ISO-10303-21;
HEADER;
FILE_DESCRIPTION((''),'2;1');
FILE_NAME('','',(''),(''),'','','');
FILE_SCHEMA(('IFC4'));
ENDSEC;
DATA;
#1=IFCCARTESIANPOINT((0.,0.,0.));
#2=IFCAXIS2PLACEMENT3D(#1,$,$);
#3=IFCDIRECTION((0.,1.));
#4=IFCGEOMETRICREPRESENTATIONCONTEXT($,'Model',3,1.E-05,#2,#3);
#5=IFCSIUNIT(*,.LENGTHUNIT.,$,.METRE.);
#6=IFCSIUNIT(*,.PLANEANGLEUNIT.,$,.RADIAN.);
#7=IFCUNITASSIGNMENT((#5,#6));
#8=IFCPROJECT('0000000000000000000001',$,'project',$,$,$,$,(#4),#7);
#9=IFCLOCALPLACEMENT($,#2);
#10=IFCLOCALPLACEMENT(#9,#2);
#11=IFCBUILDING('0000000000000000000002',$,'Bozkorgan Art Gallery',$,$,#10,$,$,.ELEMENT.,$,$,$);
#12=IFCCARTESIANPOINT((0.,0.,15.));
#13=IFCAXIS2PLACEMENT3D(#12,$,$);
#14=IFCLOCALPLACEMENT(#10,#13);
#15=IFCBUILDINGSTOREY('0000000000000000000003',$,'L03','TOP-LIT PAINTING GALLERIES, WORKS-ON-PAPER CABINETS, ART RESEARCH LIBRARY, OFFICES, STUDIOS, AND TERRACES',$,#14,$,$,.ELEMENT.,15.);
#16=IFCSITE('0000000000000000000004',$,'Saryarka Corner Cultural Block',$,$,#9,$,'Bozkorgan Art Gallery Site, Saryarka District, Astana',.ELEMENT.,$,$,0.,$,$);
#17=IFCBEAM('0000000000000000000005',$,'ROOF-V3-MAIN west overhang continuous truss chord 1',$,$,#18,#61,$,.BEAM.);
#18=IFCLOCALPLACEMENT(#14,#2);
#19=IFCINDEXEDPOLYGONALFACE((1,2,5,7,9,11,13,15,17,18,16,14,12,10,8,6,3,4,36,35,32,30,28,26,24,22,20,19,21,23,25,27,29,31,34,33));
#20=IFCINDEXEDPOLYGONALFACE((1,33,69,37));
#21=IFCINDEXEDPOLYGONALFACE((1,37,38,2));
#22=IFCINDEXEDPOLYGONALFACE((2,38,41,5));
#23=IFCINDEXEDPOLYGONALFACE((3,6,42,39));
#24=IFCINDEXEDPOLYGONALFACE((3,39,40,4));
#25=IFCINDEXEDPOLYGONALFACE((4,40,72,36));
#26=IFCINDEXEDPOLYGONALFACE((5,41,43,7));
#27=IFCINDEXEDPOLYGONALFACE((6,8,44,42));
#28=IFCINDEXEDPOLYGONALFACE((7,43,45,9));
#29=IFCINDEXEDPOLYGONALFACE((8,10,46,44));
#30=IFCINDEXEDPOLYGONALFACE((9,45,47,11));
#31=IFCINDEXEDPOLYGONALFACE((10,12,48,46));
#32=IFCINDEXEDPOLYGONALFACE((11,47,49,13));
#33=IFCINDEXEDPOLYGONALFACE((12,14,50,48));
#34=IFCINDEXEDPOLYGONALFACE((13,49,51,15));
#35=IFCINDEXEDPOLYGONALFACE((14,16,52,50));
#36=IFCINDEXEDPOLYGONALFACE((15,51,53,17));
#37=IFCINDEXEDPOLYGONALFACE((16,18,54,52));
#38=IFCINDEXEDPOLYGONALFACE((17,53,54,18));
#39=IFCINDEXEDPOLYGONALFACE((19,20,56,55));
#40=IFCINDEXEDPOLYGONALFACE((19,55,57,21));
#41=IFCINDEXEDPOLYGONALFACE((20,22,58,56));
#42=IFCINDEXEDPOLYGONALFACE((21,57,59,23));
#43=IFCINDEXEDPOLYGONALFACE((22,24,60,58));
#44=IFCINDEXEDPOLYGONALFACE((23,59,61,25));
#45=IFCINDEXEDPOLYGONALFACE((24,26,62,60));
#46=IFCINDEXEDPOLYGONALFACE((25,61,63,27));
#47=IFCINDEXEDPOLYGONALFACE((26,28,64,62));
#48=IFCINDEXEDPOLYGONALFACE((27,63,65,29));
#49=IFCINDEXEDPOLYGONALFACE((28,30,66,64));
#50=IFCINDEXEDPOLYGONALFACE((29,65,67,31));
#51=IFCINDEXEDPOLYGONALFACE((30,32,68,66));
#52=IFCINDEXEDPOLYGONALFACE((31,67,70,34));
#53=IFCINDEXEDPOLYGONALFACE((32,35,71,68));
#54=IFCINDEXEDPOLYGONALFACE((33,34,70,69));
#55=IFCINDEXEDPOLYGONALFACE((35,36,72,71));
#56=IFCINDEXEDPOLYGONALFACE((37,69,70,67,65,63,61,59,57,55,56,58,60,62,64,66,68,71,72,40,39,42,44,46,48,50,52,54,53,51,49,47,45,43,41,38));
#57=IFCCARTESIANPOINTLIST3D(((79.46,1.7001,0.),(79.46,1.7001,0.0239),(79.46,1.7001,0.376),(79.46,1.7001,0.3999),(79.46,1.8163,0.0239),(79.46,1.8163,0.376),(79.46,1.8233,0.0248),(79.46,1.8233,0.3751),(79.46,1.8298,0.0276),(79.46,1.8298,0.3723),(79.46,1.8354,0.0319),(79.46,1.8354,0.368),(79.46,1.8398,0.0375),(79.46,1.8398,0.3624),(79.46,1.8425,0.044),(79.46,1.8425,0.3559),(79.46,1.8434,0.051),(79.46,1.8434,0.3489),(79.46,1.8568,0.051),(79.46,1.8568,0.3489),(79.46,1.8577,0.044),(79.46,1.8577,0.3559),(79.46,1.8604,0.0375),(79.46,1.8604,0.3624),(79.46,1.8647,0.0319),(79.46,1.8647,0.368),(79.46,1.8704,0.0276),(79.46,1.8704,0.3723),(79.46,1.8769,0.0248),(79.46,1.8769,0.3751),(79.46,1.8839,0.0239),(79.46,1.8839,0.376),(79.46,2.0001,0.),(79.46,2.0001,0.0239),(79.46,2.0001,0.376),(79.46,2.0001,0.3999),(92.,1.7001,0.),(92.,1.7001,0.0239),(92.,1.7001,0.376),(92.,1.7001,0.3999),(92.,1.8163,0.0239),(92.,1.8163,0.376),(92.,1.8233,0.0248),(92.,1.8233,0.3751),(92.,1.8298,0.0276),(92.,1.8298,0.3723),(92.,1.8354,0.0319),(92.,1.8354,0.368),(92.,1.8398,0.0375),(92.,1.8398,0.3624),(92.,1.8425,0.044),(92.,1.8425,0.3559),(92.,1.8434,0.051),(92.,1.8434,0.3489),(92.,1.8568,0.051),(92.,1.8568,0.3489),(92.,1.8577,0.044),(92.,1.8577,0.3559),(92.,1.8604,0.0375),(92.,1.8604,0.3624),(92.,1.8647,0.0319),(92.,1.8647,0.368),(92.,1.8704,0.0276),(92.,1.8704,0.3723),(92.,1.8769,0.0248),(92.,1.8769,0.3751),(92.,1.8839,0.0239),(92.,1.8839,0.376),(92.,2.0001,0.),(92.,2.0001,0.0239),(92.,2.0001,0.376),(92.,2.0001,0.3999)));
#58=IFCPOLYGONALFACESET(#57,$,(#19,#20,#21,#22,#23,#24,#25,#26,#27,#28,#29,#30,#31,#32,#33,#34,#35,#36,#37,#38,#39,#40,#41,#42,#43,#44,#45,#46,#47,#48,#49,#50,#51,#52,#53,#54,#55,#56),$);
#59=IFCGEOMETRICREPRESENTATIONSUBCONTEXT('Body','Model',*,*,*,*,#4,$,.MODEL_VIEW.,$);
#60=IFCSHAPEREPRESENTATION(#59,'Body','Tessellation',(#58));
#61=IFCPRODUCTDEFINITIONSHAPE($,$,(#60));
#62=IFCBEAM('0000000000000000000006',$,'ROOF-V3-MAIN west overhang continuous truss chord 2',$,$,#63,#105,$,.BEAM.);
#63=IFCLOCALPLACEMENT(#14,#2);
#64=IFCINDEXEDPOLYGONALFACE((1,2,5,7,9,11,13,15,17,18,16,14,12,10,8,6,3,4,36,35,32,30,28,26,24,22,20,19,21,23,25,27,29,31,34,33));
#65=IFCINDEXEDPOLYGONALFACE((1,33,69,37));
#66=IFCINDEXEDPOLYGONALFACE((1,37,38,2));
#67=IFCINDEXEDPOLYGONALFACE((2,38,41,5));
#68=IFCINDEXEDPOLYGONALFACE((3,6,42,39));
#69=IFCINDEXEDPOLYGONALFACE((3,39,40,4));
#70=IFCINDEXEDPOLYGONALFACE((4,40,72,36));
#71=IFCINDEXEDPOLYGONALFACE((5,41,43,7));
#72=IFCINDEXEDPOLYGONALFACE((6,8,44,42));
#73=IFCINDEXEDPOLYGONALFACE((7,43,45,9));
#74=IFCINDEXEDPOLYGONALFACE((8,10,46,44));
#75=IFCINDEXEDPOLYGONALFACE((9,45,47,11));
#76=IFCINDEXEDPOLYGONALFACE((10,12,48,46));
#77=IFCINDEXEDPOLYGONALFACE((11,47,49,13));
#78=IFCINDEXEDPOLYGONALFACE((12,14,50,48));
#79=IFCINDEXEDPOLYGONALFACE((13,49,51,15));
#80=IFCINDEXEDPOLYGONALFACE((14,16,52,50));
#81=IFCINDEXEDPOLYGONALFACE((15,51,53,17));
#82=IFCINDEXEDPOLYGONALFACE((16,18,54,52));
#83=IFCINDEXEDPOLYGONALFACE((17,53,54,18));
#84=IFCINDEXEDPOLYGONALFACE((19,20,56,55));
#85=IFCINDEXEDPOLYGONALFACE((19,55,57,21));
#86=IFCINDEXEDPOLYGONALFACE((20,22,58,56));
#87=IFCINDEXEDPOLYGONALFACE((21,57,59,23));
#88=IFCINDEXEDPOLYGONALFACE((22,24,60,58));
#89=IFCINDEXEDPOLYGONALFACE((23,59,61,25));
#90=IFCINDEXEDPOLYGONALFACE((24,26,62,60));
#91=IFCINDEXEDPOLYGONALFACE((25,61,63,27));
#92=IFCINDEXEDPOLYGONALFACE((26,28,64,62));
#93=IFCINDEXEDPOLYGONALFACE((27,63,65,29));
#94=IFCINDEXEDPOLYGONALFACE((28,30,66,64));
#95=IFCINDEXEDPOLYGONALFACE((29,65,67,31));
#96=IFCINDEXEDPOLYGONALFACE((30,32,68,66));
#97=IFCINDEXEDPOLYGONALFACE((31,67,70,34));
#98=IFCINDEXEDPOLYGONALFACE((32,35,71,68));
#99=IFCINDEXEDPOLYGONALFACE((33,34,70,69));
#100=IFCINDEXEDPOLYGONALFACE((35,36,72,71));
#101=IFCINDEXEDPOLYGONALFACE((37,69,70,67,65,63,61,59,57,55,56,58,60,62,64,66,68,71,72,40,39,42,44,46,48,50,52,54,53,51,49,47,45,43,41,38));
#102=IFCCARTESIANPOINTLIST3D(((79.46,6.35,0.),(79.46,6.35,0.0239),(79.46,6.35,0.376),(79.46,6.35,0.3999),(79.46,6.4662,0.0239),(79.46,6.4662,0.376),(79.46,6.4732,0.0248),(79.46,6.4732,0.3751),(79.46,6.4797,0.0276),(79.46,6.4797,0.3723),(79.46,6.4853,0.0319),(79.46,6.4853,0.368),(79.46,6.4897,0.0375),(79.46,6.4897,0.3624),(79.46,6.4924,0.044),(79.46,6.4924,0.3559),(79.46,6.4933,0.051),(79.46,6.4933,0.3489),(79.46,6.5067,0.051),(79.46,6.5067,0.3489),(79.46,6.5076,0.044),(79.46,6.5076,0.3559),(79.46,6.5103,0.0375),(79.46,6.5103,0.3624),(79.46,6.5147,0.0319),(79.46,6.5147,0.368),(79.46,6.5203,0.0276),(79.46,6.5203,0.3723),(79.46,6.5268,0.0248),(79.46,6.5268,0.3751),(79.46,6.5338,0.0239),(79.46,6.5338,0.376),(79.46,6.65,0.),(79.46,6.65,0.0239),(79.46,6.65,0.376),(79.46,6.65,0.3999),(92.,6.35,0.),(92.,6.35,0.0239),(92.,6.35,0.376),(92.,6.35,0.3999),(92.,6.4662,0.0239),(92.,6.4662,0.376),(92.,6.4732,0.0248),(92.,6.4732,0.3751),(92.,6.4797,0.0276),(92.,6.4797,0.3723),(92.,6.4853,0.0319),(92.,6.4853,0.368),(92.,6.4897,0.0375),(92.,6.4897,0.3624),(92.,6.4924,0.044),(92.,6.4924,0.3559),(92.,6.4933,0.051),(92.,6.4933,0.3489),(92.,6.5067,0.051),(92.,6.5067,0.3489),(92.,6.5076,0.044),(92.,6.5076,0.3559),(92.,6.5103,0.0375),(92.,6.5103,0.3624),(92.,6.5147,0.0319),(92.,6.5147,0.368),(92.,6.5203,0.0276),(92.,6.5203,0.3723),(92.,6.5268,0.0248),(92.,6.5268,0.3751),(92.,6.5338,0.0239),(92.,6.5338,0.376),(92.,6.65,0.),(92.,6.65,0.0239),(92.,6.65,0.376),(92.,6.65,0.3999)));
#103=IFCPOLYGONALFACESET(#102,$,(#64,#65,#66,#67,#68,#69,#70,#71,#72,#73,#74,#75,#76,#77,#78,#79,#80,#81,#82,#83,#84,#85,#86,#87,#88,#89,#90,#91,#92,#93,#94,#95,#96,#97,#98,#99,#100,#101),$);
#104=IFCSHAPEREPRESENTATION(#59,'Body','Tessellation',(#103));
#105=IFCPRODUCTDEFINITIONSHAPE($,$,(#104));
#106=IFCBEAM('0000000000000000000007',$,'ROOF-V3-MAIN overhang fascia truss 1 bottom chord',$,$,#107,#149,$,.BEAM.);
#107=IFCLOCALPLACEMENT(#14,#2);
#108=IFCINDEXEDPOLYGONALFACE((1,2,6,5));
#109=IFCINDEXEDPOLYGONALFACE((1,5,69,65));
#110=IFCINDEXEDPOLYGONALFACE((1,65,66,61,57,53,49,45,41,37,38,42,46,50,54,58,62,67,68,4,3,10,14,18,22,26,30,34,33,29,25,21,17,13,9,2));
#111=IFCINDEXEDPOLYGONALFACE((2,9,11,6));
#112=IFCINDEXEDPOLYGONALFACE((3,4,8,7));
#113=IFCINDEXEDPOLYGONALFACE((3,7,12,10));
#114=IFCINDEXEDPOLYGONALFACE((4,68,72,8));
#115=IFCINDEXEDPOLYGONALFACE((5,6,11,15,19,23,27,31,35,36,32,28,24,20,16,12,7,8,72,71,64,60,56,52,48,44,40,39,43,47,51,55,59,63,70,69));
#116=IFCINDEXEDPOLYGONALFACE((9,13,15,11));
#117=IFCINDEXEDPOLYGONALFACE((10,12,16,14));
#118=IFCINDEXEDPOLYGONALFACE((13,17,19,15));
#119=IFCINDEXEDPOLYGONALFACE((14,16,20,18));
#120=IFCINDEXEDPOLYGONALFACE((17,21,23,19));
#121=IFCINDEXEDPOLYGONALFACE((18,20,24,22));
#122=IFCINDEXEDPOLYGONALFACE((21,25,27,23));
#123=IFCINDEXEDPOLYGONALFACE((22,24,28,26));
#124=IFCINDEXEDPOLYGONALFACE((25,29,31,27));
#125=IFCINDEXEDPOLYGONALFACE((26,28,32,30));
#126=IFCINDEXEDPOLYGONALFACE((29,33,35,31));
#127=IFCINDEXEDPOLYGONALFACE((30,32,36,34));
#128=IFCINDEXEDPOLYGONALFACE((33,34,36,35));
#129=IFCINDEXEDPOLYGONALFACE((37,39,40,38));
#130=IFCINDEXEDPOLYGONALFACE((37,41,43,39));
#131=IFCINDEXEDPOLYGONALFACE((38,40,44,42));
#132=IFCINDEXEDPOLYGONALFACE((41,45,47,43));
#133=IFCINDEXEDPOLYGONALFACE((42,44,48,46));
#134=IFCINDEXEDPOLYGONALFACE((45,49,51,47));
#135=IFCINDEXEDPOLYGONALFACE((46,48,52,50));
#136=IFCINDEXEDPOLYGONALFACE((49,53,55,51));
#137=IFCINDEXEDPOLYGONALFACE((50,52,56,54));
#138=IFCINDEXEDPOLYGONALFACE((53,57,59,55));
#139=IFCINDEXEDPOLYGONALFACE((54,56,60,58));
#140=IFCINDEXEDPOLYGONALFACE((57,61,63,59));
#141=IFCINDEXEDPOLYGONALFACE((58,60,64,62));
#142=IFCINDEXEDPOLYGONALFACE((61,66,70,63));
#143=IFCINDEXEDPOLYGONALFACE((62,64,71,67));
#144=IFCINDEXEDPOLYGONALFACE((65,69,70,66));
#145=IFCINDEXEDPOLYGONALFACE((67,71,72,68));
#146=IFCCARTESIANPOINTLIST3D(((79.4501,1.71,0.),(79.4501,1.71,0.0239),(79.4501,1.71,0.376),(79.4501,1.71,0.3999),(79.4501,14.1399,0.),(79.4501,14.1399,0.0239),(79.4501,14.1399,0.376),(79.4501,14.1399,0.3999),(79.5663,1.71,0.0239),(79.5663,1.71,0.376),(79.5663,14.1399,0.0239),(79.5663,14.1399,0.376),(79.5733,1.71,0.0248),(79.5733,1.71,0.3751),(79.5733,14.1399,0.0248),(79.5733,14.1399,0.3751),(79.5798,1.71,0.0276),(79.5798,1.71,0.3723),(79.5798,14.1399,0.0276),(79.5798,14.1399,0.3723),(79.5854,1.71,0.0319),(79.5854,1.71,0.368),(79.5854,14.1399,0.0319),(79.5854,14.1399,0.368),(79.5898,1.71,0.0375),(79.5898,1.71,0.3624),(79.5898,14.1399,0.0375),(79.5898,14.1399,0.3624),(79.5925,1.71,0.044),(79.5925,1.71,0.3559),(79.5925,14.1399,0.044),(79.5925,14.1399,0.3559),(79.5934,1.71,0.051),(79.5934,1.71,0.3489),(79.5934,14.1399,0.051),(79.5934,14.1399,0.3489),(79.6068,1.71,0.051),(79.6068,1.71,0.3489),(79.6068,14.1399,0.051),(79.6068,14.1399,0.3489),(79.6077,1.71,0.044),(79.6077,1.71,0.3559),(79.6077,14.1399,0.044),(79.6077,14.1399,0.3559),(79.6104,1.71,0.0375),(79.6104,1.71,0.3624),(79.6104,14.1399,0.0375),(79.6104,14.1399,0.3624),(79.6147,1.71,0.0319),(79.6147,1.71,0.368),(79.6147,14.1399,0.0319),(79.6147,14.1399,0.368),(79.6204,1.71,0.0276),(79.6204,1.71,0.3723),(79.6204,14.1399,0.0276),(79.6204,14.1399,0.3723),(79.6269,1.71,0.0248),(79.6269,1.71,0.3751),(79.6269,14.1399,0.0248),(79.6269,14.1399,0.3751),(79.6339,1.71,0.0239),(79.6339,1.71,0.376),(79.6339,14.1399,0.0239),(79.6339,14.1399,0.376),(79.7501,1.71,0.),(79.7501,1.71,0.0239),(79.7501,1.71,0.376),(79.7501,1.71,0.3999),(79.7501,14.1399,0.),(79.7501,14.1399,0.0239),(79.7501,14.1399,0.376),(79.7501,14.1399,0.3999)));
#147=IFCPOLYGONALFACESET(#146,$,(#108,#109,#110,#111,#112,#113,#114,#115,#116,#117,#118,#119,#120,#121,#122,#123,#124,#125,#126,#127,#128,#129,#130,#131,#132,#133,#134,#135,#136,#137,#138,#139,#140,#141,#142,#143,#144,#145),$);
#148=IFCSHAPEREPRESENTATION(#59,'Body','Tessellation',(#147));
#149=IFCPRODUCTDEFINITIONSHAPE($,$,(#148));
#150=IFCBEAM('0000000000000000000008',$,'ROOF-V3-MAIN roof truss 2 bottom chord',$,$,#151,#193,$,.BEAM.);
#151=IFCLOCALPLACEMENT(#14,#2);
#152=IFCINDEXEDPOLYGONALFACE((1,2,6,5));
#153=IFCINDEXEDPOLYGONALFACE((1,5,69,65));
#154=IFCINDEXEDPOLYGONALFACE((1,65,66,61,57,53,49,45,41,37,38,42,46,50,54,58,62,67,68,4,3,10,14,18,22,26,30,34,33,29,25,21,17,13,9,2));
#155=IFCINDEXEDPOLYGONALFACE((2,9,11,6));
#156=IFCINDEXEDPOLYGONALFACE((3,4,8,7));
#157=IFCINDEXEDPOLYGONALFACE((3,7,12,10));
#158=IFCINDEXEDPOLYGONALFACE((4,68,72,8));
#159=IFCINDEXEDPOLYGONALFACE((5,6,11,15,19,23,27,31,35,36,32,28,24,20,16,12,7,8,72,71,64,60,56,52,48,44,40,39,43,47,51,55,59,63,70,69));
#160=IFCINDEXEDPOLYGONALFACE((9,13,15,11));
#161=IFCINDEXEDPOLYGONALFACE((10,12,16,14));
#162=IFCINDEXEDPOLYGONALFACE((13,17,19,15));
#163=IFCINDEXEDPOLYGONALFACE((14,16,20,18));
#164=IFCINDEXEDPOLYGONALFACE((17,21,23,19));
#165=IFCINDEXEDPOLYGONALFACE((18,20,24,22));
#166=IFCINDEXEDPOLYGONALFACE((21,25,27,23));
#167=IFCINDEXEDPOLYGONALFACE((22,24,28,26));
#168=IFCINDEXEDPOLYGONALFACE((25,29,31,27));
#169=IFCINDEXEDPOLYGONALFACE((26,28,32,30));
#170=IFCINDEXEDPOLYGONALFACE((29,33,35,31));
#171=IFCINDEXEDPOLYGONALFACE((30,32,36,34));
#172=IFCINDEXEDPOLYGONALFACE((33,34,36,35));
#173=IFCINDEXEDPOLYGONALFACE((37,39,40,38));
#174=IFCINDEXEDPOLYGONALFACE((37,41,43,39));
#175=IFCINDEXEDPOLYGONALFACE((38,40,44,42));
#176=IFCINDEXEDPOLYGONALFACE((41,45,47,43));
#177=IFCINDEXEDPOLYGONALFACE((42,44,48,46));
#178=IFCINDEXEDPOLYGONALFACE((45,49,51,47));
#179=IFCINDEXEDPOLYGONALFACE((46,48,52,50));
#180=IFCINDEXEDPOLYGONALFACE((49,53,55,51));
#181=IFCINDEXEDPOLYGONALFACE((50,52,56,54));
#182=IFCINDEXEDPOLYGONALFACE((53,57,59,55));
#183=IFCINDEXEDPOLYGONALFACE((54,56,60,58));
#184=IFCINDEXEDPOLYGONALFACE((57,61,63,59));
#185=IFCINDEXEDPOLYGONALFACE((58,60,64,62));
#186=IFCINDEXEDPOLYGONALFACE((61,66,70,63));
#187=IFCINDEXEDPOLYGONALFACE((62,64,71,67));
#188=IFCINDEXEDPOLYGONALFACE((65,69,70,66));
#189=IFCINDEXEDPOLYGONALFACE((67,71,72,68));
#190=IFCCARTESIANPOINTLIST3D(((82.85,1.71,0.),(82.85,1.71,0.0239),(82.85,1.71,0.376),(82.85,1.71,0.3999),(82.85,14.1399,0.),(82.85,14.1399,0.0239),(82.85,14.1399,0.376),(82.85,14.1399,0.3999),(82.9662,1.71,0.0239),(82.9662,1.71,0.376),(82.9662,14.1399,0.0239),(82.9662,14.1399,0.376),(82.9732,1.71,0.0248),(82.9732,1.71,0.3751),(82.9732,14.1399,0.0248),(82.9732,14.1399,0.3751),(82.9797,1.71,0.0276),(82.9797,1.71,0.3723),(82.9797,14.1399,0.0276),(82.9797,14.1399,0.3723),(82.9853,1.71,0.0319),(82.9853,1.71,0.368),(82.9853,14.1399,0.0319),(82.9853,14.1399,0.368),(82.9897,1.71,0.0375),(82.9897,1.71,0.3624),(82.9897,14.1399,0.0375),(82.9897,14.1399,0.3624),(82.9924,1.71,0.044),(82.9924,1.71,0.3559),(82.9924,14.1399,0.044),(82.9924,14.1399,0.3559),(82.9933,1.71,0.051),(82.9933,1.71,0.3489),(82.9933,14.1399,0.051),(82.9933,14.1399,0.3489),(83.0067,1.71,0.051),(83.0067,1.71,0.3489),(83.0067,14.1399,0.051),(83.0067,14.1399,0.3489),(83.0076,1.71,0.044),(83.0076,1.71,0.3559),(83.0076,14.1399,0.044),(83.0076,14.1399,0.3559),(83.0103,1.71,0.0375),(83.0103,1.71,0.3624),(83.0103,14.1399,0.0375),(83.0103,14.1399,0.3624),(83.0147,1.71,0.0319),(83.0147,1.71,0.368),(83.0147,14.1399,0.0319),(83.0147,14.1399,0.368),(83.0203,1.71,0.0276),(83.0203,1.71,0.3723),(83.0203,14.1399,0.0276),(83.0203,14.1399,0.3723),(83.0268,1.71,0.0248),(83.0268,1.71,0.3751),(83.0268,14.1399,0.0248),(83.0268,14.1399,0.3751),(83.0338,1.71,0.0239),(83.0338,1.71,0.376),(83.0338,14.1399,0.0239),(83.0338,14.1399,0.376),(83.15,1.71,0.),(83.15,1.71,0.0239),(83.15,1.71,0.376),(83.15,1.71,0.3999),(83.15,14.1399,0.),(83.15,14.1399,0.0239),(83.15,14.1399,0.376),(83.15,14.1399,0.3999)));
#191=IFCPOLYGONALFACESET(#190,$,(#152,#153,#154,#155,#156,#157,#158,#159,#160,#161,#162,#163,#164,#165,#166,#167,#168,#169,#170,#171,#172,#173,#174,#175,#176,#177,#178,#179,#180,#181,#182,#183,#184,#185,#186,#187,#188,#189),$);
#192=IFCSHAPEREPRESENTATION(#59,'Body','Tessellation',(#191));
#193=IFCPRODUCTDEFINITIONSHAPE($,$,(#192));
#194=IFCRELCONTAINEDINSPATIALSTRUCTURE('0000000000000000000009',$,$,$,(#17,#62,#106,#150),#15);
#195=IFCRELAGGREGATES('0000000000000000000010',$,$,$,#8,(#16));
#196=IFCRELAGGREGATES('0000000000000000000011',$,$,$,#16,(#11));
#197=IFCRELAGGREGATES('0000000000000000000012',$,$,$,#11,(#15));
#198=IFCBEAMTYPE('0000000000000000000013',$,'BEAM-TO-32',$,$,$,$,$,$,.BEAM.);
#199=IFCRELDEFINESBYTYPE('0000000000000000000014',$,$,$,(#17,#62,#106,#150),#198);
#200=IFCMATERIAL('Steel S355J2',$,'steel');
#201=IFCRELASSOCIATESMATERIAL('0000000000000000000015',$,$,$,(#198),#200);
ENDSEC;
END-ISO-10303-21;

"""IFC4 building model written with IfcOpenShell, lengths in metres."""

from ifc_helpers import new_model, si_unit, direction, frame, origin, origin_2d, place, context, subcontext, project, spatial, i_section, extrude, material, material_profile, profile_set, type_object, element, save


model = new_model("IFC4")

# Units and contexts
model_context = context("Model", 3, precision=1e-05, world=origin(), true_north=direction((0.0, 1.0)))
body_context = subcontext(model_context, "Body", "Model", "MODEL_VIEW")
ifc_project = project(units=[si_unit("LENGTHUNIT", "METRE"), si_unit("PLANEANGLEUNIT", "RADIAN")], contexts=[model_context])

# Site, building, storey
site_placement = place(None, origin())
site = spatial("IfcSite", under=ifc_project, at=site_placement, Name="Saryarka Corner Cultural Block", LongName="Bozkorgan Art Gallery Site, Saryarka District, Astana", CompositionType="ELEMENT", RefElevation=0.0)
building_placement = place(site_placement, origin())
building = spatial("IfcBuilding", under=site, at=building_placement, Name="Bozkorgan Art Gallery", CompositionType="ELEMENT")
storey_placement = place(building_placement, frame((0.0, 0.0, 15.0)))
storey = spatial("IfcBuildingStorey", under=building, at=storey_placement, Name="L03", Description="TOP-LIT PAINTING GALLERIES, WORKS-ON-PAPER CABINETS, ART RESEARCH LIBRARY, OFFICES, STUDIOS, AND TERRACES", CompositionType="ELEMENT", Elevation=15.0)

# Beams
ifc_material_1 = material(Name="Steel S355J2", Category="steel")
ifc_material_profile_1 = material_profile(ifc_material_1, i_section(OverallWidth=0.3, OverallDepth=0.3999, WebThickness=0.0134, FlangeThickness=0.0239, FilletRadius=0.0271, at=origin_2d()), Name="HEB 400")
ifc_profile_set_1 = profile_set([ifc_material_profile_1], Name="Steel S355J2")
beam_type = type_object("IfcBeamType", Name="BEAM-TO-32", PredefinedType="BEAM", material=ifc_profile_set_1)
for number, where, z_axis, x_axis, name in (
    (1, (79.46, 1.8501, 0.2), (1.0, 0.0, 0.0), (0.0, 1.0, 0.0), "ROOF-V3-MAIN west overhang continuous truss chord 1"),
    (2, (79.46, 6.5, 0.2), (1.0, 0.0, 0.0), (0.0, 1.0, 0.0), "ROOF-V3-MAIN west overhang continuous truss chord 2"),
):
    element("IfcBeam", number, at=place(storey_placement, frame(where, z_axis=z_axis, x_axis=x_axis)), inside=storey, type_object=beam_type, Name=name, PredefinedType="BEAM", context=body_context, shape_type="SweptSolid", body=[
        extrude(i_section(OverallWidth=0.3, OverallDepth=0.3999, WebThickness=0.0134, FlangeThickness=0.0239, FilletRadius=0.0271, at=origin_2d()), origin(), (0.0, 0.0, 1.0), 12.54),
    ])
for number, where, z_axis, x_axis, name in (
    (3, (79.6001, 1.71, 0.2), (0.0, 1.0, 0.0), (-1.0, 0.0, 0.0), "ROOF-V3-MAIN overhang fascia truss 1 bottom chord"),
    (4, (83.0, 1.71, 0.2), (0.0, 1.0, 0.0), (-1.0, 0.0, 0.0), "ROOF-V3-MAIN roof truss 2 bottom chord"),
):
    element("IfcBeam", number, at=place(storey_placement, frame(where, z_axis=z_axis, x_axis=x_axis)), inside=storey, type_object=beam_type, Name=name, PredefinedType="BEAM", context=body_context, shape_type="SweptSolid", body=[
        extrude(i_section(OverallWidth=0.3, OverallDepth=0.3999, WebThickness=0.0134, FlangeThickness=0.0239, FilletRadius=0.0271, at=origin_2d()), origin(), (0.0, 0.0, 1.0), 12.4299),
    ])

save(model, "model.ifc")
